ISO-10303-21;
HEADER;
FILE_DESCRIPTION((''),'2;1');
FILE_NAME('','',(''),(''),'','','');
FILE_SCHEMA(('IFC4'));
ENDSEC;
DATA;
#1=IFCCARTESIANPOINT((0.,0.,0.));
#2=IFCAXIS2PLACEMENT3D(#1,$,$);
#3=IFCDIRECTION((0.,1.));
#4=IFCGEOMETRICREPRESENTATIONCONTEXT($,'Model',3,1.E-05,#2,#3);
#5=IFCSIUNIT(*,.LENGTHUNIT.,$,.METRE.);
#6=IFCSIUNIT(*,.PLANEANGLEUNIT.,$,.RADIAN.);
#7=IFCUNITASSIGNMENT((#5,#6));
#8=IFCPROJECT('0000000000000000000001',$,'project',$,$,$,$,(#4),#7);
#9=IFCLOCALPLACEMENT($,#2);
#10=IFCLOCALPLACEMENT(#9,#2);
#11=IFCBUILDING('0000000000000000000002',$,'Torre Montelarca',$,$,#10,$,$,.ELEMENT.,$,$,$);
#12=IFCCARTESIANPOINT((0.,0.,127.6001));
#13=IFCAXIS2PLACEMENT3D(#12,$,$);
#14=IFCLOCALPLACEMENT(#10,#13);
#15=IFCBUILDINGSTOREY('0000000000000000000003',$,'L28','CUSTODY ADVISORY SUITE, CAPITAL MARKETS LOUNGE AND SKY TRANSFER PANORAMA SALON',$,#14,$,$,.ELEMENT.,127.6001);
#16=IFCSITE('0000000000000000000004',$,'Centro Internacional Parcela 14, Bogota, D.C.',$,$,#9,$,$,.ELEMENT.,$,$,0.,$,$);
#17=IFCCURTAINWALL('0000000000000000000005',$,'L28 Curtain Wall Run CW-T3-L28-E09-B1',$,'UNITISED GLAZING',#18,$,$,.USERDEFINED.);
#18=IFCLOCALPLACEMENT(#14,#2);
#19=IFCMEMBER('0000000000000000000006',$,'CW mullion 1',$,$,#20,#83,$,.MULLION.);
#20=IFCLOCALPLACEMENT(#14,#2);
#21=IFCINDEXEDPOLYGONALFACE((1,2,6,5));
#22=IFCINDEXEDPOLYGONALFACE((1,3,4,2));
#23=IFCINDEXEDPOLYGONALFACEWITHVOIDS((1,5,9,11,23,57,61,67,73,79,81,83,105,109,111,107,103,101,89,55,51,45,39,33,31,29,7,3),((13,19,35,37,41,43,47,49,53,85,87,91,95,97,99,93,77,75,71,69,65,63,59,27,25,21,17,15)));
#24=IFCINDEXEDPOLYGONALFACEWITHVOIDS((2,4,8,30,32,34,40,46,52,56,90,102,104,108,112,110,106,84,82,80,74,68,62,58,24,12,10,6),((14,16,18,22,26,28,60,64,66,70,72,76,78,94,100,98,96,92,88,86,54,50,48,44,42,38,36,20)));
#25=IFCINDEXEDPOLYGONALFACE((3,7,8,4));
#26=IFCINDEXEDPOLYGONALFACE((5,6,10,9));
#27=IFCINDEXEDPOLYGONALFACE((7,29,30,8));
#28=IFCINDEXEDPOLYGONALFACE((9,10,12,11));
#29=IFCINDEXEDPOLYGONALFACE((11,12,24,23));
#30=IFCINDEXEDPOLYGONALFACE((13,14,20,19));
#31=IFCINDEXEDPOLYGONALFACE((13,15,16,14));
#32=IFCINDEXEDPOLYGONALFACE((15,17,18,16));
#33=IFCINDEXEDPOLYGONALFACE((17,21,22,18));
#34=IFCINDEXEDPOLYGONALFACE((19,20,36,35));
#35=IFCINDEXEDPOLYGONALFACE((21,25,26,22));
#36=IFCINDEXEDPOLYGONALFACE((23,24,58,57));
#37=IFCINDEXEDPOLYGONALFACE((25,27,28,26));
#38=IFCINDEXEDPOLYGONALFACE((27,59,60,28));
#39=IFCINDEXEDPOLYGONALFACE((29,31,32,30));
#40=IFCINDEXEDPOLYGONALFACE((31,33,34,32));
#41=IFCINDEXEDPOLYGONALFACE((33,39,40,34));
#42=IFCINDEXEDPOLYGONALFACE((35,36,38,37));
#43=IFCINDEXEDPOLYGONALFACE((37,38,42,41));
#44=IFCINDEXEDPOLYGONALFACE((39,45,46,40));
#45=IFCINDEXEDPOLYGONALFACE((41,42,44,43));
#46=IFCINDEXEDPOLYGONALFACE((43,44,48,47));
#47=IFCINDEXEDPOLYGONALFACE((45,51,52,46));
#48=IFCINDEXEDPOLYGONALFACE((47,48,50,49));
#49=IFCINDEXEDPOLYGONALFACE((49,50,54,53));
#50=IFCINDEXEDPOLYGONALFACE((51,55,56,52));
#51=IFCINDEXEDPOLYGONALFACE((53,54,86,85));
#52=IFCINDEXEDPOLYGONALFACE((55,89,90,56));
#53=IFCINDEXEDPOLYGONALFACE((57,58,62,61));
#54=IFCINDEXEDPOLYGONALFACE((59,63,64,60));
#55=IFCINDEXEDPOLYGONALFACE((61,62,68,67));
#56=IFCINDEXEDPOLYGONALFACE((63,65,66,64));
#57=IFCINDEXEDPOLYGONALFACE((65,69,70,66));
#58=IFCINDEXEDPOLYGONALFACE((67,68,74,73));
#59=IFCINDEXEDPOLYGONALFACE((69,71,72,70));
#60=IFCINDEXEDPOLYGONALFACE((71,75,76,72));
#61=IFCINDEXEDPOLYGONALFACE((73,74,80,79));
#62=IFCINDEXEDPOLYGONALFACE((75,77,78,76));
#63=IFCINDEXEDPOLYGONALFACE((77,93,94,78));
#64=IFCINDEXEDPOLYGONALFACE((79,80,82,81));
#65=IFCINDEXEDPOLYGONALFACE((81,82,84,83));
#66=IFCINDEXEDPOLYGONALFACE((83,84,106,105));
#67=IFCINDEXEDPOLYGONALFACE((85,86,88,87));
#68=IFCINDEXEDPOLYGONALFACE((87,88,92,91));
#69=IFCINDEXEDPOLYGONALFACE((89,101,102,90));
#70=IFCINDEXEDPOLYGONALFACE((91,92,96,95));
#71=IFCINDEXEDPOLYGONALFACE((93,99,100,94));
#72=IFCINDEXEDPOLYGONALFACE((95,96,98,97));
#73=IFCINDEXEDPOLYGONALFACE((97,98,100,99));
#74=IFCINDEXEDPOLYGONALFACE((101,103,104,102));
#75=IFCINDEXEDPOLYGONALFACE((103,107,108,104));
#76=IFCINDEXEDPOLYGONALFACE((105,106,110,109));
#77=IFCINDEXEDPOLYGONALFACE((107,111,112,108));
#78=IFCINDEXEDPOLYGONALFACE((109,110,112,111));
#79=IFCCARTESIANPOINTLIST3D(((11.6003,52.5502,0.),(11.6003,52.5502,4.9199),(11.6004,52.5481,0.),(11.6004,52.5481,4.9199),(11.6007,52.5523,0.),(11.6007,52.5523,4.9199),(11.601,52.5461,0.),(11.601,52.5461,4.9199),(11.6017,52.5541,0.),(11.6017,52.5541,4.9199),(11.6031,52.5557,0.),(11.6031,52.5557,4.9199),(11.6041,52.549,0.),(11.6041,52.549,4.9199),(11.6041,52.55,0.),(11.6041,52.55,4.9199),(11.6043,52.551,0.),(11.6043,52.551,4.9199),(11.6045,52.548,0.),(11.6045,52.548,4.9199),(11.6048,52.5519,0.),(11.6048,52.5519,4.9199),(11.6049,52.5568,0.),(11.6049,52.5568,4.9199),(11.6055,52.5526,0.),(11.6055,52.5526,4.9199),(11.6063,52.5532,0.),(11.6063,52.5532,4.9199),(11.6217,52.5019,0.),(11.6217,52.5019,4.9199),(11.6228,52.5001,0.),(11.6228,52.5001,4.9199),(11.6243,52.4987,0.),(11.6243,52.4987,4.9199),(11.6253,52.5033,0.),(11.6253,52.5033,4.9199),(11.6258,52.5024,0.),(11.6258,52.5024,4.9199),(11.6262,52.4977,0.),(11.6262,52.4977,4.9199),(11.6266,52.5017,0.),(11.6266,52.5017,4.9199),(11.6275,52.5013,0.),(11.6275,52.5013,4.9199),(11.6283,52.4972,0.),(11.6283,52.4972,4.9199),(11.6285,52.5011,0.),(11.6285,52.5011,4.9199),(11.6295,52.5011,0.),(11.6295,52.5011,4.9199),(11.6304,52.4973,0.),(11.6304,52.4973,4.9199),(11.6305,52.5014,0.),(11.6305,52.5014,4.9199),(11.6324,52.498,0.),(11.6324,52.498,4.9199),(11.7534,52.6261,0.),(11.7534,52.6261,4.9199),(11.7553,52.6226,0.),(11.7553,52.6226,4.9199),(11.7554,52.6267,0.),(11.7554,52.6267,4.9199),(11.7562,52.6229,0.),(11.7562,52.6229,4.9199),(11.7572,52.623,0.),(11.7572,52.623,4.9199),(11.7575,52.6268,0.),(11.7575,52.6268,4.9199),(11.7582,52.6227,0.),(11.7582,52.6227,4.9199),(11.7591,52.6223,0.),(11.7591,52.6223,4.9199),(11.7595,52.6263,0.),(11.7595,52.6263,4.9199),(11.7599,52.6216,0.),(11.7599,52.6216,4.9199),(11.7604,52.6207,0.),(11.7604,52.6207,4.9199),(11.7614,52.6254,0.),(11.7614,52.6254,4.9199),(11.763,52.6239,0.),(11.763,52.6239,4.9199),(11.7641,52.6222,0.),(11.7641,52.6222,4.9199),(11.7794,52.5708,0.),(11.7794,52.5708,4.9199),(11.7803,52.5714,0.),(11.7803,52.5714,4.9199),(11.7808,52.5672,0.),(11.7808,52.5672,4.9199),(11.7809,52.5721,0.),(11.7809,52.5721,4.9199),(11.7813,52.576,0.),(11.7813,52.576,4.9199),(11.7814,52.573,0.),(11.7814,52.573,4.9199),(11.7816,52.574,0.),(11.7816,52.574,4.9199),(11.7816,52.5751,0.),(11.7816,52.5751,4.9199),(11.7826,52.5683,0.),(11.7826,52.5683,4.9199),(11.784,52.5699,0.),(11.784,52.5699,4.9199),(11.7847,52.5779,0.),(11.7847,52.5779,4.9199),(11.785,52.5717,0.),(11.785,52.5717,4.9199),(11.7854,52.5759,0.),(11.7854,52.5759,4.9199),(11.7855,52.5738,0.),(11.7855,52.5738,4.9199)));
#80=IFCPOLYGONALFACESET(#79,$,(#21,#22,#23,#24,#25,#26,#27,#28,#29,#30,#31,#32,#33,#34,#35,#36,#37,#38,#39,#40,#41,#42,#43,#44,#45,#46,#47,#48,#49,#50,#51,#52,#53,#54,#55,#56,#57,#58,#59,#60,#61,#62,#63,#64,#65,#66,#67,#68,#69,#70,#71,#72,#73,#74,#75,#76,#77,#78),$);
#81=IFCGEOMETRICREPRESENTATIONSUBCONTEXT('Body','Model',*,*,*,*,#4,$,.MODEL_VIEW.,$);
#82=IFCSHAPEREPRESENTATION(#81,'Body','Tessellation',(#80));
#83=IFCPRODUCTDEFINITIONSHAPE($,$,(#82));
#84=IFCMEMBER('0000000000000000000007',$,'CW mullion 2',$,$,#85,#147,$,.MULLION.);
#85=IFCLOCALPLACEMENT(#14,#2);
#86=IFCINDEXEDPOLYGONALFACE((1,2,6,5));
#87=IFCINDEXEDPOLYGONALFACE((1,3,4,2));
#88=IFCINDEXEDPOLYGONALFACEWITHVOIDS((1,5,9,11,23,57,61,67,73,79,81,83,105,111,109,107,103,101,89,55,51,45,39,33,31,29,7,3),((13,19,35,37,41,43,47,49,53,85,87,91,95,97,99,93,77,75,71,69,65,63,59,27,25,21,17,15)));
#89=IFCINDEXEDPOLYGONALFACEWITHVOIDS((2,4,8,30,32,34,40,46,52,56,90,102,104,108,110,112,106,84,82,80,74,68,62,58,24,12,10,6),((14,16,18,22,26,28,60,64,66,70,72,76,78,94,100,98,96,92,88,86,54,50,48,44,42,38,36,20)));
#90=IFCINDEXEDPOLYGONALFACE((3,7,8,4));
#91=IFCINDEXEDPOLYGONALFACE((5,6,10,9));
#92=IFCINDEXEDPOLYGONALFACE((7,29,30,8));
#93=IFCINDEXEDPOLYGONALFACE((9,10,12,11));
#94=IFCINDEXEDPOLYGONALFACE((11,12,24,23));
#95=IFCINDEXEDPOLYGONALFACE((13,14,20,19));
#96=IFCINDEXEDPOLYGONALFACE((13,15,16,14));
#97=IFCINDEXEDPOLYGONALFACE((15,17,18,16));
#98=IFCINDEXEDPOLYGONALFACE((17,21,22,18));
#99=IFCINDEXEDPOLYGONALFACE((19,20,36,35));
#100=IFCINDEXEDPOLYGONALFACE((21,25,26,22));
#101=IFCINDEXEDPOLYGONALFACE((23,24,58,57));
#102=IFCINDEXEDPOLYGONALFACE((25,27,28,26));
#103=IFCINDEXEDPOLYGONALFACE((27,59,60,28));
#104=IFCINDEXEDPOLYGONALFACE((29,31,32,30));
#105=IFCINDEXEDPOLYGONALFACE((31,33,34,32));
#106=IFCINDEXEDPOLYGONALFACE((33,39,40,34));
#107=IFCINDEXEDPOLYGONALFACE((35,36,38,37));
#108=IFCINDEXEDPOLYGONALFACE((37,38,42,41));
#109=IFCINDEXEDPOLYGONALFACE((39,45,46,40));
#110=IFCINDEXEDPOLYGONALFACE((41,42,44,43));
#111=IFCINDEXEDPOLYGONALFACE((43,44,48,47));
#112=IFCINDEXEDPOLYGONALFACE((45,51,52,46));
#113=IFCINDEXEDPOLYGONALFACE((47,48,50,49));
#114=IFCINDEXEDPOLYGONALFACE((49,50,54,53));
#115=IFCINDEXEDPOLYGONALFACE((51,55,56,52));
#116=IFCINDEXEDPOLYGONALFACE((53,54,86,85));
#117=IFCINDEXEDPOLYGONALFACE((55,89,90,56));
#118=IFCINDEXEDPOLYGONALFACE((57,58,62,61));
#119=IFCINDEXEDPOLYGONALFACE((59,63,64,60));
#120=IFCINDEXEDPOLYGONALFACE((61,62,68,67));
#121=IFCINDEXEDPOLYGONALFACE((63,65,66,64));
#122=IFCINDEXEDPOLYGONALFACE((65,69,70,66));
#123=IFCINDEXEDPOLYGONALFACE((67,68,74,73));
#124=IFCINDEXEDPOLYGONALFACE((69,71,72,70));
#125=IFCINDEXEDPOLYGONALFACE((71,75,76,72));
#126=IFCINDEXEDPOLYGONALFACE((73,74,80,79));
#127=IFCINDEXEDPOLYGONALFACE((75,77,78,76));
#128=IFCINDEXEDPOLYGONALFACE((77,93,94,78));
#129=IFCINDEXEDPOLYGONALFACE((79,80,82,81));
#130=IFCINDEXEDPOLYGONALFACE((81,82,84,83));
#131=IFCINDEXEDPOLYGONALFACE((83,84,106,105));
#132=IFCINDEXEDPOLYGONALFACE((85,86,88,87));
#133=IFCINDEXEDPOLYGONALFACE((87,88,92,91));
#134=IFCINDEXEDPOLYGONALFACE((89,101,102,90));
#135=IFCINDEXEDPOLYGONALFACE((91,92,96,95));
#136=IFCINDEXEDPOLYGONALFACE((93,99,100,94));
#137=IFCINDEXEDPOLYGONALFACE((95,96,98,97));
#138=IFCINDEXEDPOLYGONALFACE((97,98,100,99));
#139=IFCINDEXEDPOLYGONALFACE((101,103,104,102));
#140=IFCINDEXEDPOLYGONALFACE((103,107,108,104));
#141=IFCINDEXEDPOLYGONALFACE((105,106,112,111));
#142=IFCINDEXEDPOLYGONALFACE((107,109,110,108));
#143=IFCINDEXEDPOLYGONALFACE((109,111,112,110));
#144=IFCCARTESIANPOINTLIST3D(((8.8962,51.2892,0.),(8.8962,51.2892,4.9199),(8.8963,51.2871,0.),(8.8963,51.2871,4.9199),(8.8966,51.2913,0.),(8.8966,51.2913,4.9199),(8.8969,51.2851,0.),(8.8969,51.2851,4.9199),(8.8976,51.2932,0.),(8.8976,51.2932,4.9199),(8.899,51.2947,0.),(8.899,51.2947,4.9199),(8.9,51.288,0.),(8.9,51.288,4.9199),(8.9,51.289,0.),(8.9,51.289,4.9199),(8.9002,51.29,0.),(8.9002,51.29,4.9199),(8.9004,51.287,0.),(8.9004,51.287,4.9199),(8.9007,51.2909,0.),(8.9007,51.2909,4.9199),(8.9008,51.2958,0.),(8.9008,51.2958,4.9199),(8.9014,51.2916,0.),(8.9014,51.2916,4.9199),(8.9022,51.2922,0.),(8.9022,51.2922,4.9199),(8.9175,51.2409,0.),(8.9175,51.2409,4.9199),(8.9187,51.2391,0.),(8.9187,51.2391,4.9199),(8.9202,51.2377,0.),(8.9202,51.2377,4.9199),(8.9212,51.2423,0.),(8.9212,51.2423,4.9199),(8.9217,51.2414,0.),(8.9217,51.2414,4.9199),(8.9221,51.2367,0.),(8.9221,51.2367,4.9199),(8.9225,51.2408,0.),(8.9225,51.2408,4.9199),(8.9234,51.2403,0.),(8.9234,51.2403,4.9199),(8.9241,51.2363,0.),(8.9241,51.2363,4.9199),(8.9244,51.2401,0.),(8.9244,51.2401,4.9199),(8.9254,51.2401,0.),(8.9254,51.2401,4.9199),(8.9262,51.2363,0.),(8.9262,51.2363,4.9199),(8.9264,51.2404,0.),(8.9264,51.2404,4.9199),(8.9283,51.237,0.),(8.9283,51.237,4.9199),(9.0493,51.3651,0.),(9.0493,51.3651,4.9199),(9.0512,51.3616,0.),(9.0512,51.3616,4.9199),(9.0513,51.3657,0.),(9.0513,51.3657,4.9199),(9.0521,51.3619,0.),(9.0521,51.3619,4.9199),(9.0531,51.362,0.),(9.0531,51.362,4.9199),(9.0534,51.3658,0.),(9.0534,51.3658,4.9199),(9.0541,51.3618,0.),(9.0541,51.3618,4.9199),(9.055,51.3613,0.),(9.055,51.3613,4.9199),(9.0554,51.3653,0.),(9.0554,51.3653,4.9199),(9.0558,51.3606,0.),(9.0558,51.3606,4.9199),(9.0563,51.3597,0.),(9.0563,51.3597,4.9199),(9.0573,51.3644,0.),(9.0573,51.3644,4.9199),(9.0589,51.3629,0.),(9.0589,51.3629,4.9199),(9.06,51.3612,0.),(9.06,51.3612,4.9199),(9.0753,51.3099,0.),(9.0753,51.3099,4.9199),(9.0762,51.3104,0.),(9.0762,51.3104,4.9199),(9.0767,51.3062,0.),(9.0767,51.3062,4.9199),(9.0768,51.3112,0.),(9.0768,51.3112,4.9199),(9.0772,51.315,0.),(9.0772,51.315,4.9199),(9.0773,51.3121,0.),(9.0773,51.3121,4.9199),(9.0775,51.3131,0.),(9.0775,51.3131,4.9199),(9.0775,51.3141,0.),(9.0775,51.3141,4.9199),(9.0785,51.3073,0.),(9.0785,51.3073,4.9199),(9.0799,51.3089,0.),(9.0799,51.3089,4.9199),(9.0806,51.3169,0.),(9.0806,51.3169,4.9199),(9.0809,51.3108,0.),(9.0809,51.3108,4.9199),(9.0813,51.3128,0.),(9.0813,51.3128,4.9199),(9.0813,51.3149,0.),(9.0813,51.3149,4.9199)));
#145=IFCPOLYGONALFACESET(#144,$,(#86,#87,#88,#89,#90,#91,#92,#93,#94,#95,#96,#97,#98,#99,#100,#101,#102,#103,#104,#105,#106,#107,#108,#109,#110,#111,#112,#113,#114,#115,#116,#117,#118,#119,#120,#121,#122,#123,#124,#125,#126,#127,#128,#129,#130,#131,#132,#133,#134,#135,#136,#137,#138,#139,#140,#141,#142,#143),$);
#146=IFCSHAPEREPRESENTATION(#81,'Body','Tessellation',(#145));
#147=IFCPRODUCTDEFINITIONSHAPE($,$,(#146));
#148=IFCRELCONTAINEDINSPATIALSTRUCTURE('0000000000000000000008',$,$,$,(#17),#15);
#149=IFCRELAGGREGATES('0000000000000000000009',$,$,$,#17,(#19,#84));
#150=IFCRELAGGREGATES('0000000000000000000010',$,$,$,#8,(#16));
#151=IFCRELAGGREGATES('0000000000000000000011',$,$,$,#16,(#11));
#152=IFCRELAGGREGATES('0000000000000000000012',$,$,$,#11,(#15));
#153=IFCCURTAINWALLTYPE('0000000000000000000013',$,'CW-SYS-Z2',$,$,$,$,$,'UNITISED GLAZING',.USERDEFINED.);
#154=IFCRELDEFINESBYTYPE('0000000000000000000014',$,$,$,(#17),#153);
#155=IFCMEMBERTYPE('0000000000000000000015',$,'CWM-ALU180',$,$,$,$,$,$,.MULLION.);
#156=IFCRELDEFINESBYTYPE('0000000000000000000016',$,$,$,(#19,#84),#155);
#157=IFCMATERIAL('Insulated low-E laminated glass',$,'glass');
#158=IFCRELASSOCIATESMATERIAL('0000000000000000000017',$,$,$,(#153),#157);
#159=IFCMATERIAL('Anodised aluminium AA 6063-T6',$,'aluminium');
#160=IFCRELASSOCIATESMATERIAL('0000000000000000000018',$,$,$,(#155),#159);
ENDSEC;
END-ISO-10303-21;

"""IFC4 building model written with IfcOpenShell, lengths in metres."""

from ifc_helpers import new_model, si_unit, direction, frame, origin, origin_2d, place, context, subcontext, project, spatial, hollow_rectangle, extrude, source, transform, mapped, material, material_profile, profile_set, type_object, element, aggregate, save


model = new_model("IFC4")

# Units and contexts
model_context = context("Model", 3, precision=1e-05, world=origin(), true_north=direction((0.0, 1.0)))
body_context = subcontext(model_context, "Body", "Model", "MODEL_VIEW")
ifc_project = project(units=[si_unit("LENGTHUNIT", "METRE"), si_unit("PLANEANGLEUNIT", "RADIAN")], contexts=[model_context])

# Site, building, storey
site_placement = place(None, origin())
site = spatial("IfcSite", under=ifc_project, at=site_placement, Name="Centro Internacional Parcela 14, Bogota, D.C.", CompositionType="ELEMENT", RefElevation=0.0)
building_placement = place(site_placement, origin())
building = spatial("IfcBuilding", under=site, at=building_placement, Name="Torre Montelarca", CompositionType="ELEMENT")
storey_placement = place(building_placement, frame((0.0, 0.0, 127.6001)))
storey = spatial("IfcBuildingStorey", under=building, at=storey_placement, Name="L28", Description="CUSTODY ADVISORY SUITE, CAPITAL MARKETS LOUNGE AND SKY TRANSFER PANORAMA SALON", CompositionType="ELEMENT", Elevation=127.6001)

# Curtain wall
ifc_material_1 = material(Name="Insulated low-E laminated glass", Category="glass")
curtain_wall_type = type_object("IfcCurtainWallType", Name="CW-SYS-Z2", ElementType="UNITISED GLAZING", PredefinedType="USERDEFINED", material=ifc_material_1)
curtain_wall_1_placement = place(storey_placement, origin())
curtain_wall_1 = element("IfcCurtainWall", 1, at=curtain_wall_1_placement, inside=storey, type_object=curtain_wall_type, Name="L28 Curtain Wall Run CW-T3-L28-E09-B1", ObjectType="UNITISED GLAZING", PredefinedType="USERDEFINED")
ifc_material_2 = material(Name="Anodised aluminium AA 6063-T6", Category="aluminium")
ifc_material_profile_1 = material_profile(ifc_material_2, hollow_rectangle(XDim=0.0649, YDim=0.1799, WallThickness=0.0039, InnerFilletRadius=0.0039, OuterFilletRadius=0.0081, at=origin_2d()), Name="ALU65X180X4", Category="aluminium")
ifc_profile_set_1 = profile_set([ifc_material_profile_1], Name="Anodised aluminium AA 6063-T6")
member_type_1 = type_object("IfcMemberType", Name="CWM-ALU180", PredefinedType="MULLION", material=ifc_profile_set_1)
shared_shape_1 = source(origin(), body_context, "Body", "SweptSolid", [
    extrude(hollow_rectangle(XDim=0.0649, YDim=0.1799, WallThickness=0.0039, InnerFilletRadius=0.0039, OuterFilletRadius=0.0081, at=origin_2d()), origin(), (0.0, 0.0, 1.0), 4.9199),
])

# Members
member_1_placement = place(storey_placement, frame((11.6929, 52.562, 0.0), z_axis=(0.0, 0.0, 1.0), x_axis=(0.422598, -0.906317, 0.0)))
member_1 = element("IfcMember", 2, at=member_1_placement, type_object=member_type_1, Name="CW mullion 1", PredefinedType="MULLION", context=body_context, shape_type="MappedRepresentation", body=[
    mapped(shared_shape_1, transform((0.0, 0.0, 0.0), scale=1.0)),
])
member_2_placement = place(storey_placement, frame((8.9888, 51.301, 0.0), z_axis=(0.0, 0.0, 1.0), x_axis=(0.422598, -0.906317, 0.0)))
member_2 = element("IfcMember", 3, at=member_2_placement, type_object=member_type_1, Name="CW mullion 2", PredefinedType="MULLION", context=body_context, shape_type="MappedRepresentation", body=[
    mapped(shared_shape_1, transform((0.0, 0.0, 0.0), scale=1.0)),
])

aggregate(curtain_wall_1, [member_1, member_2])

save(model, "model.ifc")
